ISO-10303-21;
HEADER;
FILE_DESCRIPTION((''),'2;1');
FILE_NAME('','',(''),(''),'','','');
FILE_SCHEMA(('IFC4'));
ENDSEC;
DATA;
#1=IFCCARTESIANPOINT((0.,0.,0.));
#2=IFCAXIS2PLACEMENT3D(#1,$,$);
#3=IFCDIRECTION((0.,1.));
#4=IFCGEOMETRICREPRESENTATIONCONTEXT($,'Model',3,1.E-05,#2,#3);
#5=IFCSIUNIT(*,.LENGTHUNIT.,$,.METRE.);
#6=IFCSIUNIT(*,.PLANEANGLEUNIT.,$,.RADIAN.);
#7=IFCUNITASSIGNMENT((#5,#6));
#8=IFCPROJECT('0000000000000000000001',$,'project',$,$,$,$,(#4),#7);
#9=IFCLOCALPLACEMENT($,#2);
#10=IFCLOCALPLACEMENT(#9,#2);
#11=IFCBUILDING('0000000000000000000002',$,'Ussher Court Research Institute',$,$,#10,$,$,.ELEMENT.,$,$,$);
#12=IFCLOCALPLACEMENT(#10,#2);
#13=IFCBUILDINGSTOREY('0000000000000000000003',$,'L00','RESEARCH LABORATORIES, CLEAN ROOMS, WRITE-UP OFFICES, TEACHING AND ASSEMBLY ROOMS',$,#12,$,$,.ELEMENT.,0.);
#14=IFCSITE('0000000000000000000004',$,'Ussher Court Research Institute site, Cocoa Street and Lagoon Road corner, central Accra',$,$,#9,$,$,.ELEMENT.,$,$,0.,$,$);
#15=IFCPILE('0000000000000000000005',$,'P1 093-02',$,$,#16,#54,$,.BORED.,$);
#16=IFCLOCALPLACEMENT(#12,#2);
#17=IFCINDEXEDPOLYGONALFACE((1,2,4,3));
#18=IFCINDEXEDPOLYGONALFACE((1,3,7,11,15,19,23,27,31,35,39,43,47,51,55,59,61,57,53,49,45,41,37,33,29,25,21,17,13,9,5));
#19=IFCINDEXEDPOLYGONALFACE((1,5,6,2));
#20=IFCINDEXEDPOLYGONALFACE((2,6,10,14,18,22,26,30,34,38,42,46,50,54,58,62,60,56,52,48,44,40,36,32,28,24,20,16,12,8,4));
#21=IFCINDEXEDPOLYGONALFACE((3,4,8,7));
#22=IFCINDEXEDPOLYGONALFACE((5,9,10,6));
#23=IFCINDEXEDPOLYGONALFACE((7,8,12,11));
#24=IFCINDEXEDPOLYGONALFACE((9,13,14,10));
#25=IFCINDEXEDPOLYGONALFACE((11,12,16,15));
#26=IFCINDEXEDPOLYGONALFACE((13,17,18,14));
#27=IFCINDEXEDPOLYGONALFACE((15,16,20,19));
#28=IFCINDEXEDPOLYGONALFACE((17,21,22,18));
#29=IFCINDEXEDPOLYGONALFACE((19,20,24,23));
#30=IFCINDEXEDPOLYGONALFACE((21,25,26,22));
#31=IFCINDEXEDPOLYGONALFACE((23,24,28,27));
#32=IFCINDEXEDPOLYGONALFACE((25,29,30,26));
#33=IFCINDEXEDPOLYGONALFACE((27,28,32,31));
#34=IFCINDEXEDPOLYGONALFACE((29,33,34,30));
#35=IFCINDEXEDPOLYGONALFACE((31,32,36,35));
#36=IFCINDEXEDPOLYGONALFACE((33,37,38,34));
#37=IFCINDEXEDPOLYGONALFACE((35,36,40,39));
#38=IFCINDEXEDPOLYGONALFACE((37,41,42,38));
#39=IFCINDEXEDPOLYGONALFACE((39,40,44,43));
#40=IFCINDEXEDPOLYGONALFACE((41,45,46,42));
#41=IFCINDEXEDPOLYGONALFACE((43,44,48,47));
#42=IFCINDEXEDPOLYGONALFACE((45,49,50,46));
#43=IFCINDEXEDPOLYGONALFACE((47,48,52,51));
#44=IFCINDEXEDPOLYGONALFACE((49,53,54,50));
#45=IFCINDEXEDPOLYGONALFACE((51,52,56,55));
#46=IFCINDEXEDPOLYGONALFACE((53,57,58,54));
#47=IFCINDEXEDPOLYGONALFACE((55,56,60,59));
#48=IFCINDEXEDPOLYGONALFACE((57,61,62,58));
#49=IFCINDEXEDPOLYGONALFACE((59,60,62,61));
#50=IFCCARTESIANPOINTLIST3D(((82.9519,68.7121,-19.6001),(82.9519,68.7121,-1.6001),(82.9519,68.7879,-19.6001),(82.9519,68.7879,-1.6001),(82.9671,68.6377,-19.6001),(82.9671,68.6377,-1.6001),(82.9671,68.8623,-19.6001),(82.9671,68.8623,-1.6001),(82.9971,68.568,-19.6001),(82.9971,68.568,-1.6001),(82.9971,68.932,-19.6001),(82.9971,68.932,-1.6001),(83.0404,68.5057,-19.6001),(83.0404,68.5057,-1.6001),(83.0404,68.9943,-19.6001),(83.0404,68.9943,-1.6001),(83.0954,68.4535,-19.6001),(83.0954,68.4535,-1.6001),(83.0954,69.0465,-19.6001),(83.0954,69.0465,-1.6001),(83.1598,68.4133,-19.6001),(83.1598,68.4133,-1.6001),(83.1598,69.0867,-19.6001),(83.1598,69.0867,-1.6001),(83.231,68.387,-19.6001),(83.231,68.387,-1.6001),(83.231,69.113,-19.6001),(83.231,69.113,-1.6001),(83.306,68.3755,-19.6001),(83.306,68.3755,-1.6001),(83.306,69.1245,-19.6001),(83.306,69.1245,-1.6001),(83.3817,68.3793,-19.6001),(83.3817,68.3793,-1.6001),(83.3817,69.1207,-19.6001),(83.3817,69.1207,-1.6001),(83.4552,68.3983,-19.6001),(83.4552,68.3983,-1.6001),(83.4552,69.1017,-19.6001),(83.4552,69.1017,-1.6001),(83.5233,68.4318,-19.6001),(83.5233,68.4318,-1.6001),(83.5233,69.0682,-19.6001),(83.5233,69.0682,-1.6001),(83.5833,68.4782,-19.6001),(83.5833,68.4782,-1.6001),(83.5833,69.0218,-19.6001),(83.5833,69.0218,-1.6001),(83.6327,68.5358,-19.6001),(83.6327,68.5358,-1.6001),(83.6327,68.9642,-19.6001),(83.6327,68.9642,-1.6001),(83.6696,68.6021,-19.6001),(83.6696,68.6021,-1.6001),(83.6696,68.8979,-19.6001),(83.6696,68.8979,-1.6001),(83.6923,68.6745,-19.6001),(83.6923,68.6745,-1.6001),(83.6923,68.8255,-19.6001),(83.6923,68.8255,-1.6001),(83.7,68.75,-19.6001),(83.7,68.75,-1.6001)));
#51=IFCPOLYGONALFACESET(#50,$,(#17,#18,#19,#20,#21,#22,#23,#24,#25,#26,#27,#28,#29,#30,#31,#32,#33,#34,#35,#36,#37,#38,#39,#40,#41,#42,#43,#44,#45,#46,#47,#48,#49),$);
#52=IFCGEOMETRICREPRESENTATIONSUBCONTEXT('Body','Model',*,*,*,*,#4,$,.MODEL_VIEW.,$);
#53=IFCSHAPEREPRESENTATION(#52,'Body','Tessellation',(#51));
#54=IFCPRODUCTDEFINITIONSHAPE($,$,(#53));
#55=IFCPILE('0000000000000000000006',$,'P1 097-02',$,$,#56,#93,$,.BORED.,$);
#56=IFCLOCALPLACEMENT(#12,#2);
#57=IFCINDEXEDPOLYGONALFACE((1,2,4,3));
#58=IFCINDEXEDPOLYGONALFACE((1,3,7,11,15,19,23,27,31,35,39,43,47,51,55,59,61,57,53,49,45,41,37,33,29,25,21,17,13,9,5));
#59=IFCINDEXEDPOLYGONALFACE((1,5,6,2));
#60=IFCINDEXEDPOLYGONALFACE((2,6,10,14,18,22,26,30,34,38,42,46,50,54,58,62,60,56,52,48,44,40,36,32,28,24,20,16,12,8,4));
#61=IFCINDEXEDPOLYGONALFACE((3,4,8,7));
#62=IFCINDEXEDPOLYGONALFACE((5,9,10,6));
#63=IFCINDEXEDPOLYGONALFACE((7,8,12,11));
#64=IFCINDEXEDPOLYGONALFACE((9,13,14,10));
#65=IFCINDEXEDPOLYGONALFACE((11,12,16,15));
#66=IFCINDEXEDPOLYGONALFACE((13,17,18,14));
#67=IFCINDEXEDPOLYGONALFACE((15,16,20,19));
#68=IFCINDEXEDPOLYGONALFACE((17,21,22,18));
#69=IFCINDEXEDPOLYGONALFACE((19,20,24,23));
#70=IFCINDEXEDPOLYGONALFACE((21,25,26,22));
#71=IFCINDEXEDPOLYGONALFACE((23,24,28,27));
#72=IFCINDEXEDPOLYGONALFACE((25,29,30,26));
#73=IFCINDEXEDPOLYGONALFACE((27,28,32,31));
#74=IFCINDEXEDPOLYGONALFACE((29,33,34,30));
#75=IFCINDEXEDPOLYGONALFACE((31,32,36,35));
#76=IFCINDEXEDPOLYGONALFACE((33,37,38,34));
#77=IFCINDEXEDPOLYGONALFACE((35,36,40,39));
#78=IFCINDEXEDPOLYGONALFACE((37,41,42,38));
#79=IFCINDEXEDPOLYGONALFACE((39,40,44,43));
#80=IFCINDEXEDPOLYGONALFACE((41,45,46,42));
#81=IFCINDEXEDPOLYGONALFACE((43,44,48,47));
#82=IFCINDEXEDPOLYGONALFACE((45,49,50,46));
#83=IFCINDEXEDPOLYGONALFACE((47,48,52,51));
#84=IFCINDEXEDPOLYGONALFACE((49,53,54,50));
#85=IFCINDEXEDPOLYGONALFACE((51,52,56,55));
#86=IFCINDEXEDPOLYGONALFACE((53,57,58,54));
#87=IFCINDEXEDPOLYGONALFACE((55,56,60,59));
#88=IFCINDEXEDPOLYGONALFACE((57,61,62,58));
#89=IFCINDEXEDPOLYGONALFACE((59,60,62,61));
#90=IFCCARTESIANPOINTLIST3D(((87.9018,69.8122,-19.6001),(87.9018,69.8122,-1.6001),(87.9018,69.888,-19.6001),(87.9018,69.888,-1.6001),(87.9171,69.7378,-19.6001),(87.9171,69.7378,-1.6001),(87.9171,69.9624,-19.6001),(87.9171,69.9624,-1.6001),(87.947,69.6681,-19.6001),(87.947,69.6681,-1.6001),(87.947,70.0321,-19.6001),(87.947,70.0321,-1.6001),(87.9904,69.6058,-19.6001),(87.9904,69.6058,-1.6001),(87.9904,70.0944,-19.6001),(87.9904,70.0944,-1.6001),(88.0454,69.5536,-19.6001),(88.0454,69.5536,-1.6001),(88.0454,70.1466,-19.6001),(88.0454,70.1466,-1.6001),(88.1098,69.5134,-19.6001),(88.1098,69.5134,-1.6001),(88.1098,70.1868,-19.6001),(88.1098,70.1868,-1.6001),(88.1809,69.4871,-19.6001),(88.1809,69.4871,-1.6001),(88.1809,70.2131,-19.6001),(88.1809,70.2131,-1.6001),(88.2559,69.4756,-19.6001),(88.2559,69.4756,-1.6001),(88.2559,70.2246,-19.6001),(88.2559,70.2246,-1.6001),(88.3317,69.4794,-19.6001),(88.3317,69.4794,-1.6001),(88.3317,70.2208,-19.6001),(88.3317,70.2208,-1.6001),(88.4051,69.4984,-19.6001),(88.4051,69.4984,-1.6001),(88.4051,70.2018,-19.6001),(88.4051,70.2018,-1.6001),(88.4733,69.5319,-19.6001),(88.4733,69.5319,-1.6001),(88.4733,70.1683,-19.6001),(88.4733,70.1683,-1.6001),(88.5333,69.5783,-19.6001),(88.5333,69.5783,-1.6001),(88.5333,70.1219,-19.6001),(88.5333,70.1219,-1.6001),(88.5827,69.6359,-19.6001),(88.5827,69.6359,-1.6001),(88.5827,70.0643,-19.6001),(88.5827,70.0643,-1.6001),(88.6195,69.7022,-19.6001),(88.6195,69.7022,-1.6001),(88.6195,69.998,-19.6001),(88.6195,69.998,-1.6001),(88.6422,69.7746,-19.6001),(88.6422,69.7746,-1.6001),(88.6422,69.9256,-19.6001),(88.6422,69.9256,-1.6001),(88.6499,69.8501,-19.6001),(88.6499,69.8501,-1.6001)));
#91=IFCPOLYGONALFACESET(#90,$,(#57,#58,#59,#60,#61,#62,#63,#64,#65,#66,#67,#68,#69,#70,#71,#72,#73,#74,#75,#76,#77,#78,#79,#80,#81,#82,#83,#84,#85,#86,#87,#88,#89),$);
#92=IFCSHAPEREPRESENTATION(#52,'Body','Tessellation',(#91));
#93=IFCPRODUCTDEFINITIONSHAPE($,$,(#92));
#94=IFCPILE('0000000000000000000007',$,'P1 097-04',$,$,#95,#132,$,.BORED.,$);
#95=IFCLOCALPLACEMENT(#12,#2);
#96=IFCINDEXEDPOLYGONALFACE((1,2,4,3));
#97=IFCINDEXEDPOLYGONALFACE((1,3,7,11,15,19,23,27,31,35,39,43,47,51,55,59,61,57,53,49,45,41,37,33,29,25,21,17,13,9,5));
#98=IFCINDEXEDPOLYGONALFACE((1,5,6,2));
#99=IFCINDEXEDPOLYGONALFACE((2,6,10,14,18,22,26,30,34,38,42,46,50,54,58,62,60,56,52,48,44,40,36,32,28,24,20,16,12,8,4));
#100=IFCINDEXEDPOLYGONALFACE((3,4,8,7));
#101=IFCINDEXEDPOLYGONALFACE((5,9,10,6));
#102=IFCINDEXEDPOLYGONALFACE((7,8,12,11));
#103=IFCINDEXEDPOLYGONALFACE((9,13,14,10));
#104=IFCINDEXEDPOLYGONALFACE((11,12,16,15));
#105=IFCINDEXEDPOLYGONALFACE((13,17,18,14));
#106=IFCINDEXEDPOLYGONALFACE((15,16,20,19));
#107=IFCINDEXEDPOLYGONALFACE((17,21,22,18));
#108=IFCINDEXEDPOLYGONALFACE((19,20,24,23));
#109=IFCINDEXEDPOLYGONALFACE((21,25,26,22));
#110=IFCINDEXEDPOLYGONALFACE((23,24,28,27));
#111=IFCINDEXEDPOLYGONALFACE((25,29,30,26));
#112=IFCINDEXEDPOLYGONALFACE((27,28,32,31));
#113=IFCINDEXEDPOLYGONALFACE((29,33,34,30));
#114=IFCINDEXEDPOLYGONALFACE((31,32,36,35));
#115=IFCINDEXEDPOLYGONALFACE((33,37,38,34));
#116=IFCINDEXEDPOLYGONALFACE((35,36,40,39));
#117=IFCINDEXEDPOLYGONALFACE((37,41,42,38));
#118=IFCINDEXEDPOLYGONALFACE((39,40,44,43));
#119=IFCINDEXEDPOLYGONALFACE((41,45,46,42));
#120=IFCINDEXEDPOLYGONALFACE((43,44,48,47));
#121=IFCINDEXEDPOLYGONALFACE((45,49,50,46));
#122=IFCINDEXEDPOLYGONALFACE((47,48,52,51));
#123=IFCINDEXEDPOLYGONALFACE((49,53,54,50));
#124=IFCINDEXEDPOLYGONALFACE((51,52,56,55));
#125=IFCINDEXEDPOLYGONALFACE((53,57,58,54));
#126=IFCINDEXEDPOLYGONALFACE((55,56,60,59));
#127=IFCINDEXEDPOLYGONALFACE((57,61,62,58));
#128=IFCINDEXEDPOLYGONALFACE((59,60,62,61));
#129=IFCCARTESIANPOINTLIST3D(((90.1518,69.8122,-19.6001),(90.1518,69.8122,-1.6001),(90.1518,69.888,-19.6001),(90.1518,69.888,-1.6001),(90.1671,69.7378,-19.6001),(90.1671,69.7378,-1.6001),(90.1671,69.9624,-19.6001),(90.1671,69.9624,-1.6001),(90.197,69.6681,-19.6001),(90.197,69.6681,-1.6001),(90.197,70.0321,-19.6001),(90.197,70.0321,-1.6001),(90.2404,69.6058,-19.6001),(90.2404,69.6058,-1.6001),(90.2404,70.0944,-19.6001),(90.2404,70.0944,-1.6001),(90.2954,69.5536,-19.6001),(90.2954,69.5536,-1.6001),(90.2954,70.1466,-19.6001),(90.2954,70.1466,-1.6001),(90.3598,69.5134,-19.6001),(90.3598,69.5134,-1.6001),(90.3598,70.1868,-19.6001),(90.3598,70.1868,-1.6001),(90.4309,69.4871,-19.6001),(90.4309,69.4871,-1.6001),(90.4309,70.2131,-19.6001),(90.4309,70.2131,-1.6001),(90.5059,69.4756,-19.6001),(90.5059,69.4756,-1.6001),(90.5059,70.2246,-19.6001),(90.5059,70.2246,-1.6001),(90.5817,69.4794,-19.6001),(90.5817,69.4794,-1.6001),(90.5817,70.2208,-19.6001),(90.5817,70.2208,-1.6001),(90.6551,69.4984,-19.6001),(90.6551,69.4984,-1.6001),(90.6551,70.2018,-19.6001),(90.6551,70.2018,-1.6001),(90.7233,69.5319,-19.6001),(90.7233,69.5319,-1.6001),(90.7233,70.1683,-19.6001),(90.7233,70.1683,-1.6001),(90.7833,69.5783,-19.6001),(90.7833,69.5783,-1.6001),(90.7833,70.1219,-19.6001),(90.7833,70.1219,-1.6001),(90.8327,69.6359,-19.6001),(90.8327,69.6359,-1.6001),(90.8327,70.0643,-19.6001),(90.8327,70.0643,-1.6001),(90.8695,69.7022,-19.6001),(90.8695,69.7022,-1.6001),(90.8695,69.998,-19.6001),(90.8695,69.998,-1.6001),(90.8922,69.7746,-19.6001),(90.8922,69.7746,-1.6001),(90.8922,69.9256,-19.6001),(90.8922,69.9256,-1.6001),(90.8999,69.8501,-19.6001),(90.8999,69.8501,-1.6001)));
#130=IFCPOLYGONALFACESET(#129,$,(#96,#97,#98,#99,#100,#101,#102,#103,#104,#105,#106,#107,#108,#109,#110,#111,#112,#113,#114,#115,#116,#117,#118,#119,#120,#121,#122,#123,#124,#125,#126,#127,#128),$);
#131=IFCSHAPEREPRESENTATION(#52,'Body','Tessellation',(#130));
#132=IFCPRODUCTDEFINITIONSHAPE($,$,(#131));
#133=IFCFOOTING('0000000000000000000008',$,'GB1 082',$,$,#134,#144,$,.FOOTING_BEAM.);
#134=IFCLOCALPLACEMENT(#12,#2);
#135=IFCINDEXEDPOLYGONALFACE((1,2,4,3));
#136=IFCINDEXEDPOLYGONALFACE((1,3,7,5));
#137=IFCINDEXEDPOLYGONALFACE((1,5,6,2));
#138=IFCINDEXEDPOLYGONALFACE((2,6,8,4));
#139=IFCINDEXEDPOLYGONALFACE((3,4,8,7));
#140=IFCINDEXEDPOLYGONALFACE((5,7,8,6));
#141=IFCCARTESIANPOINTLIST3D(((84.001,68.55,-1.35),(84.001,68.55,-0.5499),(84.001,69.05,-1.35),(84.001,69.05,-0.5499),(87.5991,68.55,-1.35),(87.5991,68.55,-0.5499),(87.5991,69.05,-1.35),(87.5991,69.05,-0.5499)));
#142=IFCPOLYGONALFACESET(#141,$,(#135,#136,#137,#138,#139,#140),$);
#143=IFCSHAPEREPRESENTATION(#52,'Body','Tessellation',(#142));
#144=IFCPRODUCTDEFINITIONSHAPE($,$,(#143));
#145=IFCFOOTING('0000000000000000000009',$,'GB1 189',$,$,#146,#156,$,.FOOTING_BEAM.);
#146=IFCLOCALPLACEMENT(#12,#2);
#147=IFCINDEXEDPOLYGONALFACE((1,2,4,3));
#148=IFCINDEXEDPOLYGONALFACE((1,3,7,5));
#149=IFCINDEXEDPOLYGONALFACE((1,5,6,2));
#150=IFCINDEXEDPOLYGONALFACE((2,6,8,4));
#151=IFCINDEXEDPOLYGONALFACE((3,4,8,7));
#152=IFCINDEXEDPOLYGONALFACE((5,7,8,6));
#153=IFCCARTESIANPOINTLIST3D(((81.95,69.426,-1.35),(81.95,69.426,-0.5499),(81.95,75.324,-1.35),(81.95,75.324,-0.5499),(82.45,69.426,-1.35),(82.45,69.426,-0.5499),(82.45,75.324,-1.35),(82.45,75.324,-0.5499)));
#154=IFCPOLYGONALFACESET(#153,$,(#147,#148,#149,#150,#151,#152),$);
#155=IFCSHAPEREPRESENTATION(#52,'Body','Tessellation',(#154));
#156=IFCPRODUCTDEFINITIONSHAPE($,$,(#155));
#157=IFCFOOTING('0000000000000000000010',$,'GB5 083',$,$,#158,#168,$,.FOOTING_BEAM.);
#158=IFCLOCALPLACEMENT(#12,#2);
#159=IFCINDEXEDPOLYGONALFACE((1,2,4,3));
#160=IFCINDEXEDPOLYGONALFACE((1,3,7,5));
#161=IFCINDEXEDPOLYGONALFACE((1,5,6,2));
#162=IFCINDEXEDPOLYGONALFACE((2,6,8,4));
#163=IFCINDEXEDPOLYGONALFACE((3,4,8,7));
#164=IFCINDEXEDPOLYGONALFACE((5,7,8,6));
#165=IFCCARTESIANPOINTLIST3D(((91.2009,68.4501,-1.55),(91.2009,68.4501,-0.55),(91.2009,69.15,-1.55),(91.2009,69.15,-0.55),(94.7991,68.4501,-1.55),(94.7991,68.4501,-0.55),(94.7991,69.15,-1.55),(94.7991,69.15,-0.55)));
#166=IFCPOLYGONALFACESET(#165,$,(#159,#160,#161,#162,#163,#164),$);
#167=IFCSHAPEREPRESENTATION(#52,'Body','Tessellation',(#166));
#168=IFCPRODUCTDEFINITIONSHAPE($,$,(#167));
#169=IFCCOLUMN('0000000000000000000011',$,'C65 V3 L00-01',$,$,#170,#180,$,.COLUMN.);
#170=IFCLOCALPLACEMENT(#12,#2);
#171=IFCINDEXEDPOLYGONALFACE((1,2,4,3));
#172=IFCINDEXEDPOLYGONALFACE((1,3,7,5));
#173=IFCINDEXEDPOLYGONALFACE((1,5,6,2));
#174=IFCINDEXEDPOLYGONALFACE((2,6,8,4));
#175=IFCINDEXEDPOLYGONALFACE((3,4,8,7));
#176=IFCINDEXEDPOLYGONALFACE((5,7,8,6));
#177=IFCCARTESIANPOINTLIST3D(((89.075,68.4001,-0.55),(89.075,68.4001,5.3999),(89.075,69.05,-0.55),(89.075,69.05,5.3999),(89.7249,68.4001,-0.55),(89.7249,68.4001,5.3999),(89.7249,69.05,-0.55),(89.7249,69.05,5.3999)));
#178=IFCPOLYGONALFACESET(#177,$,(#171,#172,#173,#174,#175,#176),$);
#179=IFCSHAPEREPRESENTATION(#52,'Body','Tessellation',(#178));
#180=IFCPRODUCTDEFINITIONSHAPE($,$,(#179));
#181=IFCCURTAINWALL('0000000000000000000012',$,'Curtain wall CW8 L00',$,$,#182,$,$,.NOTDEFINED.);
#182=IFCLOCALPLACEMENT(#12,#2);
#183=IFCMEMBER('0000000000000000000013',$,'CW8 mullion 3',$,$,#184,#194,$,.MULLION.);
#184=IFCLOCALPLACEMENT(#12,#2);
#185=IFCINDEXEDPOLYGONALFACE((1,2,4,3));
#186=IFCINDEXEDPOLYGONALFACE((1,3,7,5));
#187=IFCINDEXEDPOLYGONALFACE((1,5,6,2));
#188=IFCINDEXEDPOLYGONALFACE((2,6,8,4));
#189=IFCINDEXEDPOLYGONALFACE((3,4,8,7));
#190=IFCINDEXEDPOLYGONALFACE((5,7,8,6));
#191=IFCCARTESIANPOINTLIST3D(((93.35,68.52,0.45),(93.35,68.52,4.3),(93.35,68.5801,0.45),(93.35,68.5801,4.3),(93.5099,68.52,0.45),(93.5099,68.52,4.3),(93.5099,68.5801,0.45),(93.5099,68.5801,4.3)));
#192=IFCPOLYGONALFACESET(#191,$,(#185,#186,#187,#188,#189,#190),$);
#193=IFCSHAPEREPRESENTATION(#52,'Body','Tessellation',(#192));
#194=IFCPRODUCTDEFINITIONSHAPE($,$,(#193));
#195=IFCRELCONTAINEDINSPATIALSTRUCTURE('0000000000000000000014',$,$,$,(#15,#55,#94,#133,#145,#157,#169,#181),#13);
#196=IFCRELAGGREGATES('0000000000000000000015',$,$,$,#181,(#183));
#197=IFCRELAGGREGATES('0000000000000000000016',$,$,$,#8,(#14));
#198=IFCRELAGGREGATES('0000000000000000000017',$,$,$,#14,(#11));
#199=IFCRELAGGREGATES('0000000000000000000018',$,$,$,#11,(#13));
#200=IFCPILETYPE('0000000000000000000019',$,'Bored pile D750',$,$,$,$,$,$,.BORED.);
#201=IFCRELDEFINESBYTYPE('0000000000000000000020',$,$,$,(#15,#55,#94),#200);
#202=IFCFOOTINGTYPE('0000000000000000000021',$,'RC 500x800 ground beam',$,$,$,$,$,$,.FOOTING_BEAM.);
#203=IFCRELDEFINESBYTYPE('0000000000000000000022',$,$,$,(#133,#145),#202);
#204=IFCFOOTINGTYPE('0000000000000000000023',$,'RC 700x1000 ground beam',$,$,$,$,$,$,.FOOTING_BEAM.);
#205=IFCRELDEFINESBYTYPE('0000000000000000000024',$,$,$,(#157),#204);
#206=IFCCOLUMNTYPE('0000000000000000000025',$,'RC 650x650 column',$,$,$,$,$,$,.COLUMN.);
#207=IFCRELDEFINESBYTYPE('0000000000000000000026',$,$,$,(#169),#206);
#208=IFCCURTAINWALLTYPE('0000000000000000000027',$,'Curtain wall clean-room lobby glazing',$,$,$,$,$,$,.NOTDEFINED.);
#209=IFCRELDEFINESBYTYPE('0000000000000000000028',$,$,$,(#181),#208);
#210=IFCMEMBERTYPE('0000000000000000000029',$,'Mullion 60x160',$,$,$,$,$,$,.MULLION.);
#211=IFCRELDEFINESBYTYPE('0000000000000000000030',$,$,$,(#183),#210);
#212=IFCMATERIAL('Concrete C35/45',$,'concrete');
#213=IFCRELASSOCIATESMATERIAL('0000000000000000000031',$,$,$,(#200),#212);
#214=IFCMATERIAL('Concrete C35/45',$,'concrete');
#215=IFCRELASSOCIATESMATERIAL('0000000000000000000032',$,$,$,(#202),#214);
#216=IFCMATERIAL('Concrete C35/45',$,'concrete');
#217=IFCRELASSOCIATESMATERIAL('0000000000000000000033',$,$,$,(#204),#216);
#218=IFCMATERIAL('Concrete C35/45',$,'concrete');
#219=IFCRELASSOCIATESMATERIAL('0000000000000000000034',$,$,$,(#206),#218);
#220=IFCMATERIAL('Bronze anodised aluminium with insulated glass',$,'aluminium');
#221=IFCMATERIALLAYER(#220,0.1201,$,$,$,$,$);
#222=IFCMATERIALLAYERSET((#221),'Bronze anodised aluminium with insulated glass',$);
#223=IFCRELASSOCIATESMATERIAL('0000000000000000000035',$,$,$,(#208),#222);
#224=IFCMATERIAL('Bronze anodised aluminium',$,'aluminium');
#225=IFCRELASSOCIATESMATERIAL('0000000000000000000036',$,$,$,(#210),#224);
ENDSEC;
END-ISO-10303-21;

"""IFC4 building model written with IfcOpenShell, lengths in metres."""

from ifc_helpers import new_model, si_unit, direction, frame, origin, origin_2d, place, context, subcontext, project, spatial, rectangle, circle, extrude, material, layer, layer_set, material_profile, profile_set, type_object, element, aggregate, save


model = new_model("IFC4")

# Units and contexts
model_context = context("Model", 3, precision=1e-05, world=origin(), true_north=direction((0.0, 1.0)))
body_context = subcontext(model_context, "Body", "Model", "MODEL_VIEW")
ifc_project = project(units=[si_unit("LENGTHUNIT", "METRE"), si_unit("PLANEANGLEUNIT", "RADIAN")], contexts=[model_context])

# Site, building, storey
site_placement = place(None, origin())
site = spatial("IfcSite", under=ifc_project, at=site_placement, Name="Ussher Court Research Institute site, Cocoa Street and Lagoon Road corner, central Accra", CompositionType="ELEMENT", RefElevation=0.0)
building_placement = place(site_placement, origin())
building = spatial("IfcBuilding", under=site, at=building_placement, Name="Ussher Court Research Institute", CompositionType="ELEMENT")
storey_placement = place(building_placement, origin())
storey = spatial("IfcBuildingStorey", under=building, at=storey_placement, Name="L00", Description="RESEARCH LABORATORIES, CLEAN ROOMS, WRITE-UP OFFICES, TEACHING AND ASSEMBLY ROOMS", CompositionType="ELEMENT", Elevation=0.0)

# Piles
ifc_material_1 = material(Name="Concrete C35/45", Category="concrete")
ifc_material_profile_1 = material_profile(ifc_material_1, circle(Radius=0.375, at=origin_2d()), Name="RC D750")
ifc_profile_set_1 = profile_set([ifc_material_profile_1], Name="Concrete C35/45")
pile_type = type_object("IfcPileType", Name="Bored pile D750", PredefinedType="BORED", material=ifc_profile_set_1)
for number, where, z_axis, x_axis, name in (
    (1, (83.325, 68.75, -1.6001), (0.0, 0.0, -1.0), (1.0, 0.0, 0.0), "P1 093-02"),
    (2, (88.2749, 69.8501, -1.6001), (0.0, 0.0, -1.0), (1.0, 0.0, 0.0), "P1 097-02"),
    (3, (90.5249, 69.8501, -1.6001), (0.0, 0.0, -1.0), (1.0, 0.0, 0.0), "P1 097-04"),
):
    element("IfcPile", number, at=place(storey_placement, frame(where, z_axis=z_axis, x_axis=x_axis)), inside=storey, type_object=pile_type, Name=name, PredefinedType="BORED", context=body_context, shape_type="SweptSolid", body=[
        extrude(circle(Radius=0.375, at=origin_2d()), origin(), (0.0, 0.0, 1.0), 18.0),
    ])

# Footings
ifc_material_2 = material(Name="Concrete C35/45", Category="concrete")
ifc_material_profile_2 = material_profile(ifc_material_2, rectangle(XDim=0.5, YDim=0.8, at=origin_2d()), Name="RC 500x800")
ifc_profile_set_2 = profile_set([ifc_material_profile_2], Name="Concrete C35/45")
footing_type_1 = type_object("IfcFootingType", Name="RC 500x800 ground beam", PredefinedType="FOOTING_BEAM", material=ifc_profile_set_2)
footing_1_placement = place(storey_placement, frame((84.001, 68.8, -0.95), z_axis=(1.0, 0.0, 0.0), x_axis=(0.0, 1.0, 0.0)))
element("IfcFooting", 4, at=footing_1_placement, inside=storey, type_object=footing_type_1, Name="GB1 082", PredefinedType="FOOTING_BEAM", context=body_context, shape_type="SweptSolid", body=[
    extrude(rectangle(XDim=0.5, YDim=0.8, at=origin_2d()), origin(), (0.0, 0.0, 1.0), 3.5981),
])
footing_2_placement = place(storey_placement, frame((82.2, 69.426, -0.95), z_axis=(0.0, 1.0, 0.0), x_axis=(-1.0, 0.0, 0.0)))
element("IfcFooting", 5, at=footing_2_placement, inside=storey, type_object=footing_type_1, Name="GB1 189", PredefinedType="FOOTING_BEAM", context=body_context, shape_type="SweptSolid", body=[
    extrude(rectangle(XDim=0.5, YDim=0.8, at=origin_2d()), origin(), (0.0, 0.0, 1.0), 5.8979),
])
ifc_material_3 = material(Name="Concrete C35/45", Category="concrete")
ifc_material_profile_3 = material_profile(ifc_material_3, rectangle(XDim=0.7, YDim=1.0, at=origin_2d()), Name="RC 700x1000")
ifc_profile_set_3 = profile_set([ifc_material_profile_3], Name="Concrete C35/45")
footing_type_2 = type_object("IfcFootingType", Name="RC 700x1000 ground beam", PredefinedType="FOOTING_BEAM", material=ifc_profile_set_3)
footing_3_placement = place(storey_placement, frame((91.2009, 68.8, -1.05), z_axis=(1.0, 0.0, 0.0), x_axis=(0.0, 1.0, 0.0)))
element("IfcFooting", 6, at=footing_3_placement, inside=storey, type_object=footing_type_2, Name="GB5 083", PredefinedType="FOOTING_BEAM", context=body_context, shape_type="SweptSolid", body=[
    extrude(rectangle(XDim=0.7, YDim=1.0, at=origin_2d()), origin(), (0.0, 0.0, 1.0), 3.5981),
])

# Column
ifc_material_4 = material(Name="Concrete C35/45", Category="concrete")
ifc_material_profile_4 = material_profile(ifc_material_4, rectangle(XDim=0.6499, YDim=0.6499, at=origin_2d()), Name="RC 650x650")
ifc_profile_set_4 = profile_set([ifc_material_profile_4], Name="Concrete C35/45")
column_type = type_object("IfcColumnType", Name="RC 650x650 column", PredefinedType="COLUMN", material=ifc_profile_set_4)
column_placement = place(storey_placement, frame((89.3999, 68.7251, -0.55), z_axis=(0.0, 0.0, 1.0), x_axis=(1.0, 0.0, 0.0)))
element("IfcColumn", 7, at=column_placement, inside=storey, type_object=column_type, Name="C65 V3 L00-01", PredefinedType="COLUMN", context=body_context, shape_type="SweptSolid", body=[
    extrude(rectangle(XDim=0.6499, YDim=0.6499, at=origin_2d()), origin(), (0.0, 0.0, 1.0), 5.95),
])

# Curtain wall, member
ifc_material_5 = material(Name="Bronze anodised aluminium with insulated glass", Category="aluminium")
ifc_layer_1 = layer(ifc_material_5, 0.1201)
ifc_layer_set_1 = layer_set([ifc_layer_1], Name="Bronze anodised aluminium with insulated glass")
curtain_wall_type = type_object("IfcCurtainWallType", Name="Curtain wall clean-room lobby glazing", PredefinedType="NOTDEFINED", material=ifc_layer_set_1)
curtain_wall_1_placement = place(storey_placement, origin())
curtain_wall_1 = element("IfcCurtainWall", 8, at=curtain_wall_1_placement, inside=storey, type_object=curtain_wall_type, Name="Curtain wall CW8 L00", PredefinedType="NOTDEFINED")
ifc_material_6 = material(Name="Bronze anodised aluminium", Category="aluminium")
ifc_material_profile_5 = material_profile(ifc_material_6, rectangle(XDim=0.0601, YDim=0.1599, at=origin_2d()), Name="Mullion 60x160")
ifc_profile_set_5 = profile_set([ifc_material_profile_5], Name="Bronze anodised aluminium")
member_type_1 = type_object("IfcMemberType", Name="Mullion 60x160", PredefinedType="MULLION", material=ifc_profile_set_5)
member_1_placement = place(storey_placement, frame((93.4299, 68.55, 0.45), z_axis=(0.0, 0.0, 1.0), x_axis=(0.0, -1.0, 0.0)))
member_1 = element("IfcMember", 9, at=member_1_placement, type_object=member_type_1, Name="CW8 mullion 3", PredefinedType="MULLION", context=body_context, shape_type="SweptSolid", body=[
    extrude(rectangle(XDim=0.0601, YDim=0.1599, at=origin_2d()), origin(), (0.0, 0.0, 1.0), 3.8501),
])

aggregate(curtain_wall_1, [member_1])

save(model, "model.ifc")
